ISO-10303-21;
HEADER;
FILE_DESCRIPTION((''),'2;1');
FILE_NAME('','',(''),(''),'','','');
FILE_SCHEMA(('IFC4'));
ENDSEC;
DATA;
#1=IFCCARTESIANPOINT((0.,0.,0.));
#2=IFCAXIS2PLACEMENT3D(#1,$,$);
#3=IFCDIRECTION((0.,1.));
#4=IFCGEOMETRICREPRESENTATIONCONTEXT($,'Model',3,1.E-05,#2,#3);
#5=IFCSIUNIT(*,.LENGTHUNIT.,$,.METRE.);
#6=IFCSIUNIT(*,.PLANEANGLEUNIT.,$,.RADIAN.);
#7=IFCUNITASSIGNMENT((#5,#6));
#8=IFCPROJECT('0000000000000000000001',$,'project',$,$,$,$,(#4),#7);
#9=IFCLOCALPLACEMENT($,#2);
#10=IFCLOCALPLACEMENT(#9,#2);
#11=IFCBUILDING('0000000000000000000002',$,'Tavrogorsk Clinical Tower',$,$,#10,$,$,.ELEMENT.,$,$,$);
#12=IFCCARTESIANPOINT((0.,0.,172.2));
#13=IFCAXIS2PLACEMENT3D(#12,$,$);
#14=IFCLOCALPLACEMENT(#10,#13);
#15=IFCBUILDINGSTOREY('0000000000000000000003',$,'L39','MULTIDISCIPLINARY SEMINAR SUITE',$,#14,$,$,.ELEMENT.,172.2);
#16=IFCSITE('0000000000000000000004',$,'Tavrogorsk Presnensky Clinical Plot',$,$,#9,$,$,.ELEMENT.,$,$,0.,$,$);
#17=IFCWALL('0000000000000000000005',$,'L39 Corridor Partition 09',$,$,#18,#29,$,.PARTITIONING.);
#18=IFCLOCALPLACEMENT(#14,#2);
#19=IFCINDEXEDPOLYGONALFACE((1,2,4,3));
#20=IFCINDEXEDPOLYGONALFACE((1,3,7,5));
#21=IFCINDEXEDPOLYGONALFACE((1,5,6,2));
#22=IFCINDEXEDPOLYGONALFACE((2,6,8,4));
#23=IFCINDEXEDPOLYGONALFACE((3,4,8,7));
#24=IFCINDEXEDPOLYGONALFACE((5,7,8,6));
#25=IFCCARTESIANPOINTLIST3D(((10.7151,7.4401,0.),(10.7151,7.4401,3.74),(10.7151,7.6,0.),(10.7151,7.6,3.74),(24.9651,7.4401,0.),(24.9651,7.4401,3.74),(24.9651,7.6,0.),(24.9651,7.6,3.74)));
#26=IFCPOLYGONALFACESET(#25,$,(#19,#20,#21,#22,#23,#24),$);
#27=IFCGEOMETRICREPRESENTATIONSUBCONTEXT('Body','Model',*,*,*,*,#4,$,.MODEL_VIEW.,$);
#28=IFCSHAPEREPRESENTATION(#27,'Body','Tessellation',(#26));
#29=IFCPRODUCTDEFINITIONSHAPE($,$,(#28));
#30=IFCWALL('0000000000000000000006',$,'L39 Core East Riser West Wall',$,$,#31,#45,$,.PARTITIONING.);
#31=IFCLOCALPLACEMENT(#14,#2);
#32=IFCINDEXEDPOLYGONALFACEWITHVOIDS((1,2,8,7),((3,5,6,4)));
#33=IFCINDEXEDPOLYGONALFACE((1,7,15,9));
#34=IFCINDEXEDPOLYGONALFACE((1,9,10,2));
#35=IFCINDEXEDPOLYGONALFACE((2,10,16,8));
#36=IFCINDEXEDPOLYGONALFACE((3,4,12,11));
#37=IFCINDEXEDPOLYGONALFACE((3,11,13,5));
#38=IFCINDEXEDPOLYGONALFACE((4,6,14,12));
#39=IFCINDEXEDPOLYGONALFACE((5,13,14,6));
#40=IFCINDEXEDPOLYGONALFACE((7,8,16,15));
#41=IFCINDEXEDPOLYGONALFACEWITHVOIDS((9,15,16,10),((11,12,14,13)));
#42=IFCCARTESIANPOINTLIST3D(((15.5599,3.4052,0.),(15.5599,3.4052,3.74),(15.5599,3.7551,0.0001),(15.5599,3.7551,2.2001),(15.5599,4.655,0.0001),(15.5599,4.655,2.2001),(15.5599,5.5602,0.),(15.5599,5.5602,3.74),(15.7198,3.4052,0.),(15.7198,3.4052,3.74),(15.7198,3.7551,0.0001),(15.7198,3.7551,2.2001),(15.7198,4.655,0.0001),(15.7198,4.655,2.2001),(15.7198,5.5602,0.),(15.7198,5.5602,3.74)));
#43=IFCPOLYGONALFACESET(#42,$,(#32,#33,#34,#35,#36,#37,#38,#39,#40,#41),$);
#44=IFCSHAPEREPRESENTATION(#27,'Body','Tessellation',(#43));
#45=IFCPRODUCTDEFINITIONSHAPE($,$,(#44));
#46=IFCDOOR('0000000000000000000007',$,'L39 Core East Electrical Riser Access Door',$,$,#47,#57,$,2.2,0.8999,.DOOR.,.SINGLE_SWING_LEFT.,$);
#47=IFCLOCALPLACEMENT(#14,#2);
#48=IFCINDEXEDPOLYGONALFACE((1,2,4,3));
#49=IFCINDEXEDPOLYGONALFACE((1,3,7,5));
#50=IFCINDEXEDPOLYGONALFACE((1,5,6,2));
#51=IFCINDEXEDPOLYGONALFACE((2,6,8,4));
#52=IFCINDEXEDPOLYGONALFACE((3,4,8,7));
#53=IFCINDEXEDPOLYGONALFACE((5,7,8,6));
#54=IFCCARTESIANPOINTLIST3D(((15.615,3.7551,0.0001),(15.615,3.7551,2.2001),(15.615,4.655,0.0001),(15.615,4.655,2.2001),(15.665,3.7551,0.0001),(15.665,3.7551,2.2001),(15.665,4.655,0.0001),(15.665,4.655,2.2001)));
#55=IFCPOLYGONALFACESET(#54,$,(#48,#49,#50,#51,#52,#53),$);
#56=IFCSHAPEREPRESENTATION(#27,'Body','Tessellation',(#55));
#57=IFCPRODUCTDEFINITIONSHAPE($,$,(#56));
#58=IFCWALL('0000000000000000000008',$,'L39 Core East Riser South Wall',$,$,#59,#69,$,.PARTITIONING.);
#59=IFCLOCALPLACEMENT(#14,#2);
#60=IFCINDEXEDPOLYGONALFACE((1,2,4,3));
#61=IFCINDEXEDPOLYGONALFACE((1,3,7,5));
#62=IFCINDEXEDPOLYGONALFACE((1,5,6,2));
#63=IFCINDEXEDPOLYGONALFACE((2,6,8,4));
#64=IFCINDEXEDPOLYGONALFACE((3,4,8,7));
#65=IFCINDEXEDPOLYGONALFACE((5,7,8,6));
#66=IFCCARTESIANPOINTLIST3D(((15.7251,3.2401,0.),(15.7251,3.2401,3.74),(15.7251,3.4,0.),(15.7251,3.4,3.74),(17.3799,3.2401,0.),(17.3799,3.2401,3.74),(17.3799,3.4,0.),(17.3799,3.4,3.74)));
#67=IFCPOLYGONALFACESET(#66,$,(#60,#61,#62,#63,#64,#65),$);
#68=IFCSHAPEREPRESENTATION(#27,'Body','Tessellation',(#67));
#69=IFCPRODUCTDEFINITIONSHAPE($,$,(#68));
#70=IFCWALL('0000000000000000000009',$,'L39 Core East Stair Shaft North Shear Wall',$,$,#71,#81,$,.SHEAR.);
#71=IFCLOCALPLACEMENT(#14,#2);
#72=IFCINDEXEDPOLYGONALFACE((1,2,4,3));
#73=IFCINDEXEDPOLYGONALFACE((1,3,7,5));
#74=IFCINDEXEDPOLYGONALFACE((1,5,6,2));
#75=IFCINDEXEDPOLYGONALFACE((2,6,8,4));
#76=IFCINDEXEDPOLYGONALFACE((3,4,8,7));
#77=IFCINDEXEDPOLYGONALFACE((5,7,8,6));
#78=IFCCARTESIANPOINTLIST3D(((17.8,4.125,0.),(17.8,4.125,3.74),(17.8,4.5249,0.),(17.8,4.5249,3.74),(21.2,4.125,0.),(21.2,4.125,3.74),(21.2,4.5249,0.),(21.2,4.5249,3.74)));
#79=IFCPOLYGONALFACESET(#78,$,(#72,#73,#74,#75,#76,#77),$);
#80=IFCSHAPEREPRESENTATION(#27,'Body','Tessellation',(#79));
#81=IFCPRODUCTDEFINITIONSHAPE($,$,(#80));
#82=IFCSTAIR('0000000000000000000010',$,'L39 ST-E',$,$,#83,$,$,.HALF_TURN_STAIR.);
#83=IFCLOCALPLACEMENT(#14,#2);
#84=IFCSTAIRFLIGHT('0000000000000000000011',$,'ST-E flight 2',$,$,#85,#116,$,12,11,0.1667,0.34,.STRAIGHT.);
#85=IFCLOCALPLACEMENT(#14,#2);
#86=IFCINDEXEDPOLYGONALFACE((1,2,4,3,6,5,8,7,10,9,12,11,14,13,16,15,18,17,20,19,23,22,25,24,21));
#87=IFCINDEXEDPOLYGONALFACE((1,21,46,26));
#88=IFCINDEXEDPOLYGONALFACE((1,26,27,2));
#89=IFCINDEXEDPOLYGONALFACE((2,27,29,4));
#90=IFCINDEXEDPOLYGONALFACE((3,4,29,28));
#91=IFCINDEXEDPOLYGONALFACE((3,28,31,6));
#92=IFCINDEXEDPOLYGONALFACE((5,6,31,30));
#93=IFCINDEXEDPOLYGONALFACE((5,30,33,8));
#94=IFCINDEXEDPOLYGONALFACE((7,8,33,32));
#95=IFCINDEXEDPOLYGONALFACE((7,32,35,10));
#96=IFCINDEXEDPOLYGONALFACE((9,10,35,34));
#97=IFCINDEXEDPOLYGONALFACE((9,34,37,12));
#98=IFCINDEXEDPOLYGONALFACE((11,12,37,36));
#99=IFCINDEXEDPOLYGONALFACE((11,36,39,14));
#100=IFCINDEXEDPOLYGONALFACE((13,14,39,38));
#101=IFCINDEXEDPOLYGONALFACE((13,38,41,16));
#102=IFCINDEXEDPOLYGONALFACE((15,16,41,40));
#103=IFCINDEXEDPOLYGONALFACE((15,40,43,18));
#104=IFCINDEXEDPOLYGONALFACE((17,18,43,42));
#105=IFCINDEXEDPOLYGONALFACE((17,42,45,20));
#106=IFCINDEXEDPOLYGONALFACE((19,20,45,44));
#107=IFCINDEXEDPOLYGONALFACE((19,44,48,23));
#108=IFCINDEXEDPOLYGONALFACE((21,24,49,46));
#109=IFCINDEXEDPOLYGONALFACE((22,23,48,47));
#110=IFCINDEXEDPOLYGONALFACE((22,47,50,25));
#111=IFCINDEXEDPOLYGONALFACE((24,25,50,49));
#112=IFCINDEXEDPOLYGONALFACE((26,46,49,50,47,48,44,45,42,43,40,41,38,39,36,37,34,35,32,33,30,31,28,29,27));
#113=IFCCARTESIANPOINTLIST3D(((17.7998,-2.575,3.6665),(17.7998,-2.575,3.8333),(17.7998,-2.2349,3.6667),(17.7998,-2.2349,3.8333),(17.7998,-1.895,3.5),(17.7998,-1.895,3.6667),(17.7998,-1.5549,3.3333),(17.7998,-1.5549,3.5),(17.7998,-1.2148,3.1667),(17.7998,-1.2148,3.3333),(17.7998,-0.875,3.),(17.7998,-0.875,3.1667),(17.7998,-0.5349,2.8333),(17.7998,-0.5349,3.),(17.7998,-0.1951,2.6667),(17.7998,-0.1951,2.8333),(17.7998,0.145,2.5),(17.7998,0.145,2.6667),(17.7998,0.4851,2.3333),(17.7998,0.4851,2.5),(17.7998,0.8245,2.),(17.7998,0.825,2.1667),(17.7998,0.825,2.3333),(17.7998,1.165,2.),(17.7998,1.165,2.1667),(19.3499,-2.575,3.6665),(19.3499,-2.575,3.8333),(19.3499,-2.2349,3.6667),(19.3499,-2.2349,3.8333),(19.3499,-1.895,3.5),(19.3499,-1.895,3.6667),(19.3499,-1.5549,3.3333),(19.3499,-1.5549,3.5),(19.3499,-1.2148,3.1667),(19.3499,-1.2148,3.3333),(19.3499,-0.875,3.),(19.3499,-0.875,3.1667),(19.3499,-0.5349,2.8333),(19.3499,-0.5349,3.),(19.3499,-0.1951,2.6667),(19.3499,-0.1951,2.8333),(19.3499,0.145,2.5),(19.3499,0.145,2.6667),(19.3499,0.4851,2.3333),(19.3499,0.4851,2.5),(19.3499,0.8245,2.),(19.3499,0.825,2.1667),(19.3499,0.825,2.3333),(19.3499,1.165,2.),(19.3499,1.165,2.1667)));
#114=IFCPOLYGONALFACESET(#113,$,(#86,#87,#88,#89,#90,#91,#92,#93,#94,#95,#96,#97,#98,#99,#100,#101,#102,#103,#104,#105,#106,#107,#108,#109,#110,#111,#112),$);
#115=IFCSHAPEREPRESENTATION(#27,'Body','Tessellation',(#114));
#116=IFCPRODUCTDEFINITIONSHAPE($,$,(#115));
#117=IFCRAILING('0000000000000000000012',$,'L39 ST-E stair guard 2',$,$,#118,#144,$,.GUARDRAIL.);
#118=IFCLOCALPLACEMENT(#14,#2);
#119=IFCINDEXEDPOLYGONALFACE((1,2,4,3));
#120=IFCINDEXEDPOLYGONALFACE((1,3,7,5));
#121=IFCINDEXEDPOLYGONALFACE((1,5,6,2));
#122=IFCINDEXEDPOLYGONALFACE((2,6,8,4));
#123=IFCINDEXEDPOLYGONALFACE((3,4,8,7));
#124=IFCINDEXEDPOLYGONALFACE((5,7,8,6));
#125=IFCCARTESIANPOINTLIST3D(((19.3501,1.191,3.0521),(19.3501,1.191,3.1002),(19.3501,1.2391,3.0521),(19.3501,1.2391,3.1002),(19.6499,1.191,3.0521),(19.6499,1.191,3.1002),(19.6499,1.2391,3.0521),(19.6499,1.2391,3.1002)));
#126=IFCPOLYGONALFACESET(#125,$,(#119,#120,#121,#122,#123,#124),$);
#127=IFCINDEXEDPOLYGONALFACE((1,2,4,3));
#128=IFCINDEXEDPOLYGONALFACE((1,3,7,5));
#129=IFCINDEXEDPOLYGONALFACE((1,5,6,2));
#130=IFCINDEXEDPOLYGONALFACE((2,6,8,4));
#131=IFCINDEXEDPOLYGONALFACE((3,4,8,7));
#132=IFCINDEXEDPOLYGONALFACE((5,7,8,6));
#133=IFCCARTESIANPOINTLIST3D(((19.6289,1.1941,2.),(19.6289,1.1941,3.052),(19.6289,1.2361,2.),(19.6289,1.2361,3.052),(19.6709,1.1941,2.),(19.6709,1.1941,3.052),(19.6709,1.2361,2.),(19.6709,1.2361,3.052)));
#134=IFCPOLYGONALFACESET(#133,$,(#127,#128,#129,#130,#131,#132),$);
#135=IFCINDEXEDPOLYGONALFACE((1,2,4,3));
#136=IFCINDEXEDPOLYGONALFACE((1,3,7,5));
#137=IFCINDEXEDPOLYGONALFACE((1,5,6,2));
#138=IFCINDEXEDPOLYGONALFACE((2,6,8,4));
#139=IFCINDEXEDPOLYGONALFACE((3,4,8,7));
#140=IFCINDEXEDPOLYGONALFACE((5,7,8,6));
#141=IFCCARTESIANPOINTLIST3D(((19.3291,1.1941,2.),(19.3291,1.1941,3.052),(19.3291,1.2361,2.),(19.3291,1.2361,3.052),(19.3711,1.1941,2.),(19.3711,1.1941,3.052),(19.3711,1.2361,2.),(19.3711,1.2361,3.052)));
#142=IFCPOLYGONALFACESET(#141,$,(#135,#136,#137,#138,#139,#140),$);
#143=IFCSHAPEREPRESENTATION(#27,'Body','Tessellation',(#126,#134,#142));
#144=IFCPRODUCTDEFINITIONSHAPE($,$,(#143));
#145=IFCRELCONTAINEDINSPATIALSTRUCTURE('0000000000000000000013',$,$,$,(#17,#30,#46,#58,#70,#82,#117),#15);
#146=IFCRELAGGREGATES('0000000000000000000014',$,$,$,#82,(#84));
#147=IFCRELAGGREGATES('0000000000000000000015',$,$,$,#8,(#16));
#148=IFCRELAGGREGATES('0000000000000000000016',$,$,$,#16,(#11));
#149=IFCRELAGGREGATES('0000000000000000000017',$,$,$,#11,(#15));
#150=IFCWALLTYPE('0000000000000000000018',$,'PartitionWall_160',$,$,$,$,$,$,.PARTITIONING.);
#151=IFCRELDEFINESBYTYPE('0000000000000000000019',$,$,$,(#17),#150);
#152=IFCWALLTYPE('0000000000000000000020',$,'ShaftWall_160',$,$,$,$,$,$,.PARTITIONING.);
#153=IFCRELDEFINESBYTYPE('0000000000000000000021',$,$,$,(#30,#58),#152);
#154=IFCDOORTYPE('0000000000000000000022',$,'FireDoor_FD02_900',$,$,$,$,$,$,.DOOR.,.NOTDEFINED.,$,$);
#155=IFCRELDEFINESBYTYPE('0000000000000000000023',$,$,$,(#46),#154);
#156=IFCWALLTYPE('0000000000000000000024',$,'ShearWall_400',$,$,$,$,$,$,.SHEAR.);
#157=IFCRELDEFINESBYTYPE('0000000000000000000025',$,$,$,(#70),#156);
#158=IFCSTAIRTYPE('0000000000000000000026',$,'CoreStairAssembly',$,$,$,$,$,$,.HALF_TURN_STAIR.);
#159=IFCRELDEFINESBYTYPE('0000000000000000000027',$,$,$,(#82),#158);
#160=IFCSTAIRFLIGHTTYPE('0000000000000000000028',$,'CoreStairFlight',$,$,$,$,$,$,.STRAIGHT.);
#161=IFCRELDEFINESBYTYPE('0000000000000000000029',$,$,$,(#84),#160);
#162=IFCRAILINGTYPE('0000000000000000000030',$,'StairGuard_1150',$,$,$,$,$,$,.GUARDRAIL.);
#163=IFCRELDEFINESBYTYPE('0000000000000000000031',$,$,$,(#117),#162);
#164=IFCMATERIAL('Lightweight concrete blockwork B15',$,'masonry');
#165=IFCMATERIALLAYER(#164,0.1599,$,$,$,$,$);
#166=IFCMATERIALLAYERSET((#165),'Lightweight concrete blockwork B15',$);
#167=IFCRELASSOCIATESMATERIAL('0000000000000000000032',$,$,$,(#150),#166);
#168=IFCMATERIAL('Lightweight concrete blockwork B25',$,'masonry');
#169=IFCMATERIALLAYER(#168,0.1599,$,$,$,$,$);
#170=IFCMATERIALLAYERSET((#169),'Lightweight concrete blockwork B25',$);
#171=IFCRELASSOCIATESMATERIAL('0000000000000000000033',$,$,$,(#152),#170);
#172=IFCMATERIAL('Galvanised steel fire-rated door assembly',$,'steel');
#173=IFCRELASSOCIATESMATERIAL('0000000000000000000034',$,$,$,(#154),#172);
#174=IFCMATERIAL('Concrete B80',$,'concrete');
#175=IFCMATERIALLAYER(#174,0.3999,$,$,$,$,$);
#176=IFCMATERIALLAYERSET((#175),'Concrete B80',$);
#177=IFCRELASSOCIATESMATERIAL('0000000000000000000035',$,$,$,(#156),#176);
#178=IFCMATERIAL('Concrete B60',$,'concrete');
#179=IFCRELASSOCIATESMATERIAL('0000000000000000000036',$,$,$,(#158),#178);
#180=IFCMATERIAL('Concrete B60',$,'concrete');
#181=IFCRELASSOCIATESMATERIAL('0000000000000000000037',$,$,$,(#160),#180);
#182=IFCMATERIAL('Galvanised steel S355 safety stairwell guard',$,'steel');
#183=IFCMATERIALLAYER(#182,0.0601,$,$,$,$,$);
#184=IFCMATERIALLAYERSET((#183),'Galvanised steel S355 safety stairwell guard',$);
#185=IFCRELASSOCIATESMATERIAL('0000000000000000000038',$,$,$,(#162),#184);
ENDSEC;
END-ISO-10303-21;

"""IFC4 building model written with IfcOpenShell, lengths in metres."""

from ifc_helpers import new_model, si_unit, direction, frame, frame_2d, origin, origin_2d, place, context, subcontext, project, spatial, polyline, rectangle, outline, extrude, material, layer, layer_set, type_object, element, fill, aggregate, save


model = new_model("IFC4")

# Units and contexts
model_context = context("Model", 3, precision=1e-05, world=origin(), true_north=direction((0.0, 1.0)))
body_context = subcontext(model_context, "Body", "Model", "MODEL_VIEW")
ifc_project = project(units=[si_unit("LENGTHUNIT", "METRE"), si_unit("PLANEANGLEUNIT", "RADIAN")], contexts=[model_context])

# Site, building, storey
site_placement = place(None, origin())
site = spatial("IfcSite", under=ifc_project, at=site_placement, Name="Tavrogorsk Presnensky Clinical Plot", CompositionType="ELEMENT", RefElevation=0.0)
building_placement = place(site_placement, origin())
building = spatial("IfcBuilding", under=site, at=building_placement, Name="Tavrogorsk Clinical Tower", CompositionType="ELEMENT")
storey_placement = place(building_placement, frame((0.0, 0.0, 172.2)))
storey = spatial("IfcBuildingStorey", under=building, at=storey_placement, Name="L39", Description="MULTIDISCIPLINARY SEMINAR SUITE", CompositionType="ELEMENT", Elevation=172.2)

# Shared definitions
ifc_material_1 = material(Name="Lightweight concrete blockwork B15", Category="masonry")
ifc_layer_1 = layer(ifc_material_1, 0.1599)
ifc_layer_set_1 = layer_set([ifc_layer_1], Name="Lightweight concrete blockwork B15")
wall_type_1 = type_object("IfcWallType", Name="PartitionWall_160", PredefinedType="PARTITIONING", material=ifc_layer_set_1)

# Wall
wall_1_placement = place(storey_placement, frame((24.9651, 7.52, 0.0), z_axis=(0.0, 0.0, 1.0), x_axis=(-1.0, 0.0, 0.0)))
element("IfcWall", 1, at=wall_1_placement, inside=storey, type_object=wall_type_1, Name="L39 Corridor Partition 09", PredefinedType="PARTITIONING", context=body_context, shape_type="SweptSolid", body=[
    extrude(rectangle(XDim=14.25, YDim=0.1599, at=frame_2d((7.125, 0.0))), origin(), (0.0, 0.0, 1.0), 3.74),
])

# Wall, opening, door
ifc_material_2 = material(Name="Lightweight concrete blockwork B25", Category="masonry")
ifc_layer_2 = layer(ifc_material_2, 0.1599)
ifc_layer_set_2 = layer_set([ifc_layer_2], Name="Lightweight concrete blockwork B25")
wall_type_2 = type_object("IfcWallType", Name="ShaftWall_160", PredefinedType="PARTITIONING", material=ifc_layer_set_2)
wall_2_placement = place(storey_placement, frame((15.6399, 3.405, 0.0), z_axis=(0.0, 0.0, 1.0), x_axis=(0.0, 1.0, 0.0)))
wall_2 = element("IfcWall", 2, at=wall_2_placement, inside=storey, type_object=wall_type_2, Name="L39 Core East Riser West Wall", PredefinedType="PARTITIONING", context=body_context, shape_type="SweptSolid", body=[
    extrude(rectangle(XDim=2.155, YDim=0.1599, at=frame_2d((1.0776, 0.0))), origin(), (0.0, 0.0, 1.0), 3.74),
])
opening_1_placement = place(wall_2_placement, frame((0.3501, 0.0, 0.0)))
opening_1 = element("IfcOpeningElement", 3, at=opening_1_placement, cuts=wall_2, PredefinedType="OPENING", context=body_context, shape_type="SweptSolid", body=[
    extrude(rectangle(XDim=0.8999, YDim=2.2, at=frame_2d((0.45, 1.1001))), frame((0.0, 0.0898, 0.0), z_axis=(0.0, -1.0, 0.0), x_axis=(1.0, 0.0, 0.0)), (0.0, 0.0, 1.0), 0.1799),
])
ifc_material_3 = material(Name="Galvanised steel fire-rated door assembly", Category="steel")
door_type_1 = type_object("IfcDoorType", Name="FireDoor_FD02_900", OperationType="NOTDEFINED", PredefinedType="DOOR", material=ifc_material_3)
door_1_placement = place(opening_1_placement, origin())
door_1 = element("IfcDoor", 4, at=door_1_placement, inside=storey, type_object=door_type_1, Name="L39 Core East Electrical Riser Access Door", OperationType="SINGLE_SWING_LEFT", OverallHeight=2.2, OverallWidth=0.8999, PredefinedType="DOOR", context=body_context, shape_type="SweptSolid", body=[
    extrude(rectangle(XDim=0.8999, YDim=2.2, at=frame_2d((0.45, 1.1001))), frame((0.0, 0.0249, 0.0), z_axis=(0.0, -1.0, 0.0), x_axis=(1.0, 0.0, 0.0)), (0.0, 0.0, 1.0), 0.05),
])
fill(opening_1, door_1)

# Walls
wall_3_placement = place(storey_placement, frame((15.7251, 3.3201, 0.0), z_axis=(0.0, 0.0, 1.0), x_axis=(1.0, 0.0, 0.0)))
element("IfcWall", 5, at=wall_3_placement, inside=storey, type_object=wall_type_2, Name="L39 Core East Riser South Wall", PredefinedType="PARTITIONING", context=body_context, shape_type="SweptSolid", body=[
    extrude(rectangle(XDim=1.6548, YDim=0.1599, at=frame_2d((0.8274, 0.0))), origin(), (0.0, 0.0, 1.0), 3.74),
])
ifc_material_4 = material(Name="Concrete B80", Category="concrete")
ifc_layer_3 = layer(ifc_material_4, 0.3999)
ifc_layer_set_3 = layer_set([ifc_layer_3], Name="Concrete B80")
wall_type_3 = type_object("IfcWallType", Name="ShearWall_400", PredefinedType="SHEAR", material=ifc_layer_set_3)
wall_4_placement = place(storey_placement, frame((17.8, 4.325, 0.0), z_axis=(0.0, 0.0, 1.0), x_axis=(1.0, 0.0, 0.0)))
element("IfcWall", 6, at=wall_4_placement, inside=storey, type_object=wall_type_3, Name="L39 Core East Stair Shaft North Shear Wall", PredefinedType="SHEAR", context=body_context, shape_type="SweptSolid", body=[
    extrude(rectangle(XDim=3.3999, YDim=0.3999, at=frame_2d((1.7, 0.0))), origin(), (0.0, 0.0, 1.0), 3.74),
])

# Stair, stair flight
ifc_material_5 = material(Name="Concrete B60", Category="concrete")
stair_type = type_object("IfcStairType", Name="CoreStairAssembly", PredefinedType="HALF_TURN_STAIR", material=ifc_material_5)
stair_placement = place(storey_placement, origin())
stair = element("IfcStair", 7, at=stair_placement, inside=storey, type_object=stair_type, Name="L39 ST-E", PredefinedType="HALF_TURN_STAIR")
ifc_material_6 = material(Name="Concrete B60", Category="concrete")
stair_flight_type = type_object("IfcStairFlightType", Name="CoreStairFlight", PredefinedType="STRAIGHT", material=ifc_material_6)
stair_flight_placement = place(storey_placement, frame((18.575, 1.165, 2.0), z_axis=(0.0, 0.0, 1.0), x_axis=(0.0, -1.0, 0.0)))
stair_flight = element("IfcStairFlight", 8, at=stair_flight_placement, type_object=stair_flight_type, Name="ST-E flight 2", NumberOfRisers=12, NumberOfTreads=11, PredefinedType="STRAIGHT", RiserHeight=0.1667, TreadLength=0.34, context=body_context, shape_type="SweptSolid", body=[
    extrude(outline(polyline([(0.0, 0.0), (0.0, 0.1667), (0.3401, 0.1667), (0.3401, 0.3333), (0.6799, 0.3333), (0.6799, 0.5), (1.02, 0.5), (1.02, 0.6667), (1.3601, 0.6667), (1.3601, 0.8333), (1.7, 0.8333), (1.7, 1.0), (2.04, 1.0), (2.04, 1.1667), (2.3799, 1.1667), (2.3799, 1.3333), (2.72, 1.3333), (2.72, 1.5), (3.0601, 1.5), (3.0601, 1.6667), (3.3999, 1.6667), (3.3999, 1.8333), (3.74, 1.8333), (3.74, 2.0), (3.74, 1.6665), (0.3406, 0.0), (0.0, 0.0)])), frame((0.0, 0.7749, 0.0), z_axis=(0.0, -1.0, 0.0), x_axis=(1.0, 0.0, 0.0)), (0.0, 0.0, 1.0), 1.55),
])
aggregate(stair, [stair_flight])

# Railing
ifc_material_7 = material(Name="Galvanised steel S355 safety stairwell guard", Category="steel")
ifc_layer_4 = layer(ifc_material_7, 0.0601)
ifc_layer_set_4 = layer_set([ifc_layer_4], Name="Galvanised steel S355 safety stairwell guard")
railing_type_1 = type_object("IfcRailingType", Name="StairGuard_1150", PredefinedType="GUARDRAIL", material=ifc_layer_set_4)
railing_1_placement = place(storey_placement, frame((19.6499, 1.2151, 2.0)))
element("IfcRailing", 9, at=railing_1_placement, inside=storey, type_object=railing_type_1, Name="L39 ST-E stair guard 2", PredefinedType="GUARDRAIL", context=body_context, shape_type="SweptSolid", body=[
    extrude(rectangle(XDim=0.0481, YDim=0.0481, at=origin_2d()), frame((0.0, 0.0, 1.0762), z_axis=(-1.0, 0.0, 0.0), x_axis=(0.0, -1.0, 0.0)), (0.0, 0.0, 1.0), 0.2998),
    extrude(rectangle(XDim=0.042, YDim=0.042, at=origin_2d()), origin(), (0.0, 0.0, 1.0), 1.052),
    extrude(rectangle(XDim=0.042, YDim=0.042, at=origin_2d()), frame((-0.2998, 0.0, 0.0)), (0.0, 0.0, 1.0), 1.052),
])

save(model, "model.ifc")
